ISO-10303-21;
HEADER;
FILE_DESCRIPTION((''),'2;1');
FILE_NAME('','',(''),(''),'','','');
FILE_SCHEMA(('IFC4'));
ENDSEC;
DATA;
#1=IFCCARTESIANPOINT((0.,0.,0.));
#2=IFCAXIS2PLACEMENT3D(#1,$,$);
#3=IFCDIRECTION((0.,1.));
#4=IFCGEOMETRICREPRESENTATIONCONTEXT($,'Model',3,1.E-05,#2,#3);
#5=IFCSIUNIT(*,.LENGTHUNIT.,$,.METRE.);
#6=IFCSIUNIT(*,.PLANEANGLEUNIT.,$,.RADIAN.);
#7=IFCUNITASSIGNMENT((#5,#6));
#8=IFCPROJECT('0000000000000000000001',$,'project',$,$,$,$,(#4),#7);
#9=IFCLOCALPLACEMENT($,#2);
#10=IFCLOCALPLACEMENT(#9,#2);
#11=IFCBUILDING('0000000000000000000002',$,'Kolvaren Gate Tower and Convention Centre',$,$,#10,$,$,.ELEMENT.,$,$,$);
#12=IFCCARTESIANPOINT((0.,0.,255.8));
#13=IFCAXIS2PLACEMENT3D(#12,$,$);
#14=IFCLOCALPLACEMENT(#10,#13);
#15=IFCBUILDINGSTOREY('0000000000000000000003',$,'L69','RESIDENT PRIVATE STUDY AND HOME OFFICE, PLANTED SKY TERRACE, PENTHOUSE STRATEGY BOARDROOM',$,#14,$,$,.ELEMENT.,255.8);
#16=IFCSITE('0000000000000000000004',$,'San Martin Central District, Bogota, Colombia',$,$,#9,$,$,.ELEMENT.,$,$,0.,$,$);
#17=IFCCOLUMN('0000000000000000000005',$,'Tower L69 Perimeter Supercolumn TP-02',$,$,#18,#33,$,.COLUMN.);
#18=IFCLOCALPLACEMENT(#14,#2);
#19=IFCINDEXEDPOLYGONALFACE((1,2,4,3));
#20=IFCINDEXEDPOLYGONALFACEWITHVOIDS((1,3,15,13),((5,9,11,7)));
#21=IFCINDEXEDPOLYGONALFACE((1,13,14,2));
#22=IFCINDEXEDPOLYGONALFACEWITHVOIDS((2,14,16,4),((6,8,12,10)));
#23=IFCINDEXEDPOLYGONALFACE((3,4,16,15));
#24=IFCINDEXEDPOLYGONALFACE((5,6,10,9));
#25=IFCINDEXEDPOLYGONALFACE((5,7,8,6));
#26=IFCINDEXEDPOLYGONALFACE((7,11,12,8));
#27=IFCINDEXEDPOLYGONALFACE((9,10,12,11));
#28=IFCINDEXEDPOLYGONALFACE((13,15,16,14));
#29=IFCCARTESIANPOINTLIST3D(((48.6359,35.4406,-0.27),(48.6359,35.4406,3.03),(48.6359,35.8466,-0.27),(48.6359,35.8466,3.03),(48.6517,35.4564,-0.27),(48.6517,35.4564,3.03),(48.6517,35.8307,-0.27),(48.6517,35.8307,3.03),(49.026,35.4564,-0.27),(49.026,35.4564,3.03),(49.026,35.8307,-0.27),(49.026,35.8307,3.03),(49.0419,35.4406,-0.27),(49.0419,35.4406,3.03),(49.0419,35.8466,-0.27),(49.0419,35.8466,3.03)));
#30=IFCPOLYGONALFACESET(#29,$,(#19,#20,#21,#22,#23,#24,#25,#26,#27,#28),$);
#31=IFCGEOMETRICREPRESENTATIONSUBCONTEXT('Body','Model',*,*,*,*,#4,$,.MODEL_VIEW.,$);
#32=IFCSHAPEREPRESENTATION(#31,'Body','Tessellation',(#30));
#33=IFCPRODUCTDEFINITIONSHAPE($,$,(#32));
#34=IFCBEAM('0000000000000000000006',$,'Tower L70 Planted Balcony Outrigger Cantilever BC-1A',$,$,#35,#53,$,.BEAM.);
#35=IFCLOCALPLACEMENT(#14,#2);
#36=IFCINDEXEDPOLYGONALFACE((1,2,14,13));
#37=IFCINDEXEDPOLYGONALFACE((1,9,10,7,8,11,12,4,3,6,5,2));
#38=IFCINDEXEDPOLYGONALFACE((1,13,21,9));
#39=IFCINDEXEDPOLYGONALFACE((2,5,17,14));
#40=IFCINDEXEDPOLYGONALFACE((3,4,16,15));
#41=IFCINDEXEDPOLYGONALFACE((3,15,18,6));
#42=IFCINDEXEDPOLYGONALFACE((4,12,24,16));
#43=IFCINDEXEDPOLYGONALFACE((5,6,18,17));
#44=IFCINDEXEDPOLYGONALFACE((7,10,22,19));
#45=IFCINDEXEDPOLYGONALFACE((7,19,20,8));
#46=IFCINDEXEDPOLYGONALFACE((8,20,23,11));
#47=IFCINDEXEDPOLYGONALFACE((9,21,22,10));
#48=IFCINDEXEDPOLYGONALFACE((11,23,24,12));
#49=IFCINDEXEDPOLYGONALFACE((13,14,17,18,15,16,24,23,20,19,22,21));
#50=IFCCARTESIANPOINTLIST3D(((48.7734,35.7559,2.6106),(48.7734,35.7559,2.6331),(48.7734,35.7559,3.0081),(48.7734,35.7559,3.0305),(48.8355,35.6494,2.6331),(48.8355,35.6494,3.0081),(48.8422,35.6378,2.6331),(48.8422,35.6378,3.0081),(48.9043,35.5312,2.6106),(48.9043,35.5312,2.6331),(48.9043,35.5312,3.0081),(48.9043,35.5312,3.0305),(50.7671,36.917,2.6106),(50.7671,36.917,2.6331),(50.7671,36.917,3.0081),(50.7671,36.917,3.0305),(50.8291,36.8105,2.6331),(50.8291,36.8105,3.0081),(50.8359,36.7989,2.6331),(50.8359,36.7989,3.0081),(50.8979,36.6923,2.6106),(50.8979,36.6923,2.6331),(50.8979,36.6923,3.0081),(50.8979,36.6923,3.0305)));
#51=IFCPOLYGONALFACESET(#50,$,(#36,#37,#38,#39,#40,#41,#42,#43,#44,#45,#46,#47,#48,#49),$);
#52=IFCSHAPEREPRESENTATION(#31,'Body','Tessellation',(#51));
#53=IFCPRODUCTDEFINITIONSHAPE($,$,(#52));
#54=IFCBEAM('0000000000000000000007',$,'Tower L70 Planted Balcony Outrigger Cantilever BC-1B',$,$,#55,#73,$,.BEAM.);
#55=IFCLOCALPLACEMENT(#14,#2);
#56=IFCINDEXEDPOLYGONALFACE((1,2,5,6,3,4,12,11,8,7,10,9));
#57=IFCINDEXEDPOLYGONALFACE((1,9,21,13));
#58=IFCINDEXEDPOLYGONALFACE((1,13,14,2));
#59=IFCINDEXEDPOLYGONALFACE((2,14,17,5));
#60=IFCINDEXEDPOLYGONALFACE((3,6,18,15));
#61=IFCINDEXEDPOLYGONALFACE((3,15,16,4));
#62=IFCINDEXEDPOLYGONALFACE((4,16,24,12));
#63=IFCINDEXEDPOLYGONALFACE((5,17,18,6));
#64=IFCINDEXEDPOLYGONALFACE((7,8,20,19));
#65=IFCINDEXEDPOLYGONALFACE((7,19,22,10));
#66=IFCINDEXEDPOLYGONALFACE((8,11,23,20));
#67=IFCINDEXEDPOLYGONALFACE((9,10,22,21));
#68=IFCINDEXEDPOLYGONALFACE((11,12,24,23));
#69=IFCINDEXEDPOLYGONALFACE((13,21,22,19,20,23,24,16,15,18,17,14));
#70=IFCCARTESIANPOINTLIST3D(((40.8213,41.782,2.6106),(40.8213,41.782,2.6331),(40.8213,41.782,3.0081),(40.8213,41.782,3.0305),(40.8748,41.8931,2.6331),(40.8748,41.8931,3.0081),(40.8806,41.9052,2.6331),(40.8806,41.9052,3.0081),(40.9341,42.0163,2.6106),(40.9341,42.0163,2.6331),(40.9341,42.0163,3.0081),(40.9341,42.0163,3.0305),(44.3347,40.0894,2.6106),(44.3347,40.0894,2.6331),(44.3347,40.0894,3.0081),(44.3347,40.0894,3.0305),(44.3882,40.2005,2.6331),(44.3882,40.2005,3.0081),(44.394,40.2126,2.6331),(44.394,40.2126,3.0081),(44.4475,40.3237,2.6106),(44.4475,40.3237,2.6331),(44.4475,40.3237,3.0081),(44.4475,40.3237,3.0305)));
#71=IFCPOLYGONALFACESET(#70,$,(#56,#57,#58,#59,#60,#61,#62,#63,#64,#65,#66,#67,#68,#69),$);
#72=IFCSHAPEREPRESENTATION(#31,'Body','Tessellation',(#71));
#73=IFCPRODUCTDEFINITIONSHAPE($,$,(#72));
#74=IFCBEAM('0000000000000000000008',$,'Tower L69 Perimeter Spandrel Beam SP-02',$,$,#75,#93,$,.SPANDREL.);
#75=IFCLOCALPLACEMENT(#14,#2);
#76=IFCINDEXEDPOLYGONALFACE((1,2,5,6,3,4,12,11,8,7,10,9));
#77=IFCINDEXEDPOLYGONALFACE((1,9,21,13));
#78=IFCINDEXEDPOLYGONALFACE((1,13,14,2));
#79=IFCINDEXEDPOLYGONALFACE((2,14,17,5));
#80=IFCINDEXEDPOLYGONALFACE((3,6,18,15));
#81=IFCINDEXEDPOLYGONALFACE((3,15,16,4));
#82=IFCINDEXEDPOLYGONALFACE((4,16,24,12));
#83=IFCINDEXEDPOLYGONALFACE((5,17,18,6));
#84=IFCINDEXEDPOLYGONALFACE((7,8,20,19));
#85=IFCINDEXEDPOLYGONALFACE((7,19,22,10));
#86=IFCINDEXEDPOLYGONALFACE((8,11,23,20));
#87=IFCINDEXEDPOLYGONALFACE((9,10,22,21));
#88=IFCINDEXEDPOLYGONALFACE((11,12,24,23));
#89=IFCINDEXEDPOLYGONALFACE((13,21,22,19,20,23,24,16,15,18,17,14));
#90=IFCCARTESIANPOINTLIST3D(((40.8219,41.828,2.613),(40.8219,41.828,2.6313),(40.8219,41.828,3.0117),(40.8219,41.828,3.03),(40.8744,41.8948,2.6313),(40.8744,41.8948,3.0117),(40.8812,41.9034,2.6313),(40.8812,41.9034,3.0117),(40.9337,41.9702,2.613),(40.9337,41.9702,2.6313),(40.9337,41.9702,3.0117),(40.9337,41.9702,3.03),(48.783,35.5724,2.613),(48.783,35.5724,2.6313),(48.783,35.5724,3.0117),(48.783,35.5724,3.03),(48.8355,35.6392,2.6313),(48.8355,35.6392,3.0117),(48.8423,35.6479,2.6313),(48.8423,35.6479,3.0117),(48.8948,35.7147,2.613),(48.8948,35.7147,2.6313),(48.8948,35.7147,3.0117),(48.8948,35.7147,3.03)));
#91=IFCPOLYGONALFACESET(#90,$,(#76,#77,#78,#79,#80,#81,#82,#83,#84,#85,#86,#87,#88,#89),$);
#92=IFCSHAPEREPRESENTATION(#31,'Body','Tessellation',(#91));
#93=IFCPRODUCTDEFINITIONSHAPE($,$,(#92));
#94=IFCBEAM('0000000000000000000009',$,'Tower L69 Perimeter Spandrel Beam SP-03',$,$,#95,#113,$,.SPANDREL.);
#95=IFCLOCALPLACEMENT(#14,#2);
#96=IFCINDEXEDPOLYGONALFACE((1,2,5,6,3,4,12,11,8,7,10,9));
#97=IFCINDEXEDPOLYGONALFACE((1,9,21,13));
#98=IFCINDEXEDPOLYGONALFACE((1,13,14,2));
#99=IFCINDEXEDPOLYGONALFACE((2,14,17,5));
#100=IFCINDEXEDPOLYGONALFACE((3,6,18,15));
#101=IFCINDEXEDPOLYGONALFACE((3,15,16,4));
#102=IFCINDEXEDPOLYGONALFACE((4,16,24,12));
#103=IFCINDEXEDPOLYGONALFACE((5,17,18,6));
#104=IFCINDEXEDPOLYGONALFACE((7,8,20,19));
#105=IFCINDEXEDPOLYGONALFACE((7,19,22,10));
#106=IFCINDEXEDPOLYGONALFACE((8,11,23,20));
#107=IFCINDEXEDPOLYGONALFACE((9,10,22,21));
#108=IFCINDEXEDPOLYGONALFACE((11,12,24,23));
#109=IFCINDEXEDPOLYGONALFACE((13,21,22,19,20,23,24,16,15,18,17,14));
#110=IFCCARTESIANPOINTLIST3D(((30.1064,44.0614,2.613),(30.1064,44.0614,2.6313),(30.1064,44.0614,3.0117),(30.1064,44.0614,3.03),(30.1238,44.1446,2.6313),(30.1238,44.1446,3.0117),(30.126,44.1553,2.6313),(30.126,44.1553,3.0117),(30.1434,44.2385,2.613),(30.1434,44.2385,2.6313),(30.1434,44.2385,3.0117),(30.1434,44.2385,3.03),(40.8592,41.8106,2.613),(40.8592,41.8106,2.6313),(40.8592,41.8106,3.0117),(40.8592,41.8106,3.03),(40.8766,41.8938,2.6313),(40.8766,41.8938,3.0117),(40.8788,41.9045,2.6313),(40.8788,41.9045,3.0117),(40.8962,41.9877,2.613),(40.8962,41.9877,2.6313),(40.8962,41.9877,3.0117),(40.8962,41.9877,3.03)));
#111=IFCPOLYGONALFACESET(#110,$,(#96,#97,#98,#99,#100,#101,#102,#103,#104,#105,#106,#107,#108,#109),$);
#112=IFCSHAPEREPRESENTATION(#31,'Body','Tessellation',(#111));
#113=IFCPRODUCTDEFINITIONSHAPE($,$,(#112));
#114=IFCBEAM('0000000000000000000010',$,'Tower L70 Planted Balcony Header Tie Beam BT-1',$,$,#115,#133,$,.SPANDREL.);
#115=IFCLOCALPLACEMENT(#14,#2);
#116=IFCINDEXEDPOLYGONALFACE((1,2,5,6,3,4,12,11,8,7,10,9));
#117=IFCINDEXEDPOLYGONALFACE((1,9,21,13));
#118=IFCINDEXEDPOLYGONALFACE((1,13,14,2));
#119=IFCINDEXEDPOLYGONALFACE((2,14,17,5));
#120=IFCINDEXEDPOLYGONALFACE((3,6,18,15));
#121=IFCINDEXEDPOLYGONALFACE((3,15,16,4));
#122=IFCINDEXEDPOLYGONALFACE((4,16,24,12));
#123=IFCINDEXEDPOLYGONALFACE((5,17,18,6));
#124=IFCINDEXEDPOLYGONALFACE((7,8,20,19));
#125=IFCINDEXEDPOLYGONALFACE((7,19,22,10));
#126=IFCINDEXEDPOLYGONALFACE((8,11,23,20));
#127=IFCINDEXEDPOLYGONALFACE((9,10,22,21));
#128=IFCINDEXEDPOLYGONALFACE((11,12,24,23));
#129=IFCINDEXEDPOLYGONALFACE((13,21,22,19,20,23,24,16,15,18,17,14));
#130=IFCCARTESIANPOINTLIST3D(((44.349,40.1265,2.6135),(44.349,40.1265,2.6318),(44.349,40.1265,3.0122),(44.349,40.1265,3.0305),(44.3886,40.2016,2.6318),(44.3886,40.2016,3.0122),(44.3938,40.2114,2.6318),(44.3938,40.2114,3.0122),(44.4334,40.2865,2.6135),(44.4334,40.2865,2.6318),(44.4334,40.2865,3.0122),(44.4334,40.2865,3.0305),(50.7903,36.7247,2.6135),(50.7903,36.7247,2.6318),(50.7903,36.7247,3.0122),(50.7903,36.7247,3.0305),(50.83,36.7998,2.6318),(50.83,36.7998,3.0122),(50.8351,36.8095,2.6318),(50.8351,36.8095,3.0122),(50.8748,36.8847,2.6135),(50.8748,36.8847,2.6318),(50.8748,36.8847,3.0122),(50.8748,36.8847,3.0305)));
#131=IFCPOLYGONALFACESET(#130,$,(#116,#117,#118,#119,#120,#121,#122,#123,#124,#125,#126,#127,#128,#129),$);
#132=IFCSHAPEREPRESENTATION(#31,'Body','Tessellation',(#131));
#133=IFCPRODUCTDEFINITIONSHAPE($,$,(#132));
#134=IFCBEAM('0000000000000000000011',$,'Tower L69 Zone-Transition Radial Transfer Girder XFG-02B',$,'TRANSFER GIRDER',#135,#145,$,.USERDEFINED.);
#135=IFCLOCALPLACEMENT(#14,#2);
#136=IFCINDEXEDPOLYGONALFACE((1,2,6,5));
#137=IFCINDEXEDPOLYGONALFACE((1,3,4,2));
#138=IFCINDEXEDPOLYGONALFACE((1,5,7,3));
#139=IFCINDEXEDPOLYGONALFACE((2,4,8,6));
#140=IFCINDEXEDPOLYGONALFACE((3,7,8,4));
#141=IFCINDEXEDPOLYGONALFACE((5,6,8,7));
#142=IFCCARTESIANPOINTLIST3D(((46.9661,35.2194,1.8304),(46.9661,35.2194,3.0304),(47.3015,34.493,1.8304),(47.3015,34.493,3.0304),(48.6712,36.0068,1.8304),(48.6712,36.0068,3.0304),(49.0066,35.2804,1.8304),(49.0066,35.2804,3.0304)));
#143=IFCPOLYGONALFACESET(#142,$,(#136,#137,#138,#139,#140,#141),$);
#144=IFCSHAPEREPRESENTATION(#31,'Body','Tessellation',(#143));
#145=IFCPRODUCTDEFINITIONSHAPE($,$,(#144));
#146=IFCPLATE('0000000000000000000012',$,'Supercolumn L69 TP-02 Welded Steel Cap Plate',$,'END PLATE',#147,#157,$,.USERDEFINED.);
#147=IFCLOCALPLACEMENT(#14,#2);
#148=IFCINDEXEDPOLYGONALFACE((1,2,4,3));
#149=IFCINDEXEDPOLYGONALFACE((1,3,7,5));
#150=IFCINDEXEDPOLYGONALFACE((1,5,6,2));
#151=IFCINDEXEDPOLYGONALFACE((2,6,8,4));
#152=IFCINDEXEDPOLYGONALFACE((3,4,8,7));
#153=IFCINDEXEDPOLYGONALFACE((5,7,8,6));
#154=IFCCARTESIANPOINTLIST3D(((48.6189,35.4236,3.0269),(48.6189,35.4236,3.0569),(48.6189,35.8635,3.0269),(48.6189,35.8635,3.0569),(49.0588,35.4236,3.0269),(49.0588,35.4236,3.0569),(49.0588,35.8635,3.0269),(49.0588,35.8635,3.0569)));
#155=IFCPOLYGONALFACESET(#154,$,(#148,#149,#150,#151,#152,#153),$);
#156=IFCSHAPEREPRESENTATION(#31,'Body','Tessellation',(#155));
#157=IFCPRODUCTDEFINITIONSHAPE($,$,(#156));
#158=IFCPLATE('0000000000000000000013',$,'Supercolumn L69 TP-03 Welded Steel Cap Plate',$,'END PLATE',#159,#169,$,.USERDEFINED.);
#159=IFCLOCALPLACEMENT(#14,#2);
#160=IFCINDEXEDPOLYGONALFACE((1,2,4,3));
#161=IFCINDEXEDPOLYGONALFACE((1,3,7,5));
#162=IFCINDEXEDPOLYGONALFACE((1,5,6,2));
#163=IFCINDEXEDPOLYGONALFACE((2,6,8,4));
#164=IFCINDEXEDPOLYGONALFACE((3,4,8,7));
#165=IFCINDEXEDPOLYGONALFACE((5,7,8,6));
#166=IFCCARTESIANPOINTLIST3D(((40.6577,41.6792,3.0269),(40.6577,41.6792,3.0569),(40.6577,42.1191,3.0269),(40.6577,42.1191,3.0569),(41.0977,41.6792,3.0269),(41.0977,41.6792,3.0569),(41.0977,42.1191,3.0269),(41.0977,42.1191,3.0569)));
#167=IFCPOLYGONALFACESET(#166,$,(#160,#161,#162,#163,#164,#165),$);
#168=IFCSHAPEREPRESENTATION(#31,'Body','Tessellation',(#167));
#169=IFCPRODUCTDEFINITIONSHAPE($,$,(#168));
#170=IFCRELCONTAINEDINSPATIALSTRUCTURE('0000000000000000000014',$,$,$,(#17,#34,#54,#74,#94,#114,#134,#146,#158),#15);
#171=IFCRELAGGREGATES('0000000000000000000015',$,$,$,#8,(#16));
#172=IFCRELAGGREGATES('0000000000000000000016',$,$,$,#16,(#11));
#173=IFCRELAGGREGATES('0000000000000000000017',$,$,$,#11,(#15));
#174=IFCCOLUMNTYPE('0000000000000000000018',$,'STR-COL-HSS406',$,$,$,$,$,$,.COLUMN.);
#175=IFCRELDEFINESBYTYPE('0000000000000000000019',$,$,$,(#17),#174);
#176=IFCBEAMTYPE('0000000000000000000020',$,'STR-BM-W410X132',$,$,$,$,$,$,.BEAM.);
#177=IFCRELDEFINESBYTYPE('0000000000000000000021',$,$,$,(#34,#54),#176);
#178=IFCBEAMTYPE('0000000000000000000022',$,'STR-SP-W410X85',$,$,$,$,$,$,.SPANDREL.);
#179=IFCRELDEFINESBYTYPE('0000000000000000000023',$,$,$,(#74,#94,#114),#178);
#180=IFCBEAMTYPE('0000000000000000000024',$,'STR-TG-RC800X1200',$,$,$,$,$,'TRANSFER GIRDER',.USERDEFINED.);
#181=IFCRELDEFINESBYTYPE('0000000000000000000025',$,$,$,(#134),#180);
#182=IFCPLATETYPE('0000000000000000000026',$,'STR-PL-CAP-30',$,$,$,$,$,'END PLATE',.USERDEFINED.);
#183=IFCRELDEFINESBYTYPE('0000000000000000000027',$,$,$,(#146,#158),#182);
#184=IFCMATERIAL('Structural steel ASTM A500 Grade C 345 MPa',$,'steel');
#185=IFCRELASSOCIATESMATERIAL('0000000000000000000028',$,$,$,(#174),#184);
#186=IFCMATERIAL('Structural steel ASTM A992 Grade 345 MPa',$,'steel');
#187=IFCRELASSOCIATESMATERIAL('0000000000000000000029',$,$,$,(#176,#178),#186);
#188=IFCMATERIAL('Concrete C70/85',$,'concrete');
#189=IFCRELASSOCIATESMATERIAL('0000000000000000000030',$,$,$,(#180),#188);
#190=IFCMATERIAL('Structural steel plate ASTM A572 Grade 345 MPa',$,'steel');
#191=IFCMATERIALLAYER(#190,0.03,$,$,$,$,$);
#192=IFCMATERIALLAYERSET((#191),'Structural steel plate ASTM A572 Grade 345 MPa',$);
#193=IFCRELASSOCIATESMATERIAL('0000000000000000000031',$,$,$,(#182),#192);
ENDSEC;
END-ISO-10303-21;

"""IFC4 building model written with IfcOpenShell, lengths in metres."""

from ifc_helpers import new_model, si_unit, direction, frame, origin, origin_2d, place, context, subcontext, project, spatial, rectangle, hollow_rectangle, i_section, extrude, material, layer, layer_set, material_profile, profile_set, type_object, element, save


model = new_model("IFC4")

# Units and contexts
model_context = context("Model", 3, precision=1e-05, world=origin(), true_north=direction((0.0, 1.0)))
body_context = subcontext(model_context, "Body", "Model", "MODEL_VIEW")
ifc_project = project(units=[si_unit("LENGTHUNIT", "METRE"), si_unit("PLANEANGLEUNIT", "RADIAN")], contexts=[model_context])

# Site, building, storey
site_placement = place(None, origin())
site = spatial("IfcSite", under=ifc_project, at=site_placement, Name="San Martin Central District, Bogota, Colombia", CompositionType="ELEMENT", RefElevation=0.0)
building_placement = place(site_placement, origin())
building = spatial("IfcBuilding", under=site, at=building_placement, Name="Kolvaren Gate Tower and Convention Centre", CompositionType="ELEMENT")
storey_placement = place(building_placement, frame((0.0, 0.0, 255.8)))
storey = spatial("IfcBuildingStorey", under=building, at=storey_placement, Name="L69", Description="RESIDENT PRIVATE STUDY AND HOME OFFICE, PLANTED SKY TERRACE, PENTHOUSE STRATEGY BOARDROOM", CompositionType="ELEMENT", Elevation=255.8)

# Column
ifc_material_1 = material(Name="Structural steel ASTM A500 Grade C 345 MPa", Category="steel")
ifc_material_profile_1 = material_profile(ifc_material_1, hollow_rectangle(XDim=0.406, YDim=0.406, WallThickness=0.0159, at=origin_2d()), Name="HSS406X406X15.9")
ifc_profile_set_1 = profile_set([ifc_material_profile_1], Name="Structural steel ASTM A500 Grade C 345 MPa")
column_type = type_object("IfcColumnType", Name="STR-COL-HSS406", PredefinedType="COLUMN", material=ifc_profile_set_1)
column_placement = place(storey_placement, frame((48.8389, 35.6436, -0.27), z_axis=(0.0, 0.0, 1.0), x_axis=(1.0, 0.0, 0.0)))
element("IfcColumn", 1, at=column_placement, inside=storey, type_object=column_type, Name="Tower L69 Perimeter Supercolumn TP-02", PredefinedType="COLUMN", context=body_context, shape_type="SweptSolid", body=[
    extrude(hollow_rectangle(XDim=0.406, YDim=0.406, WallThickness=0.0159, at=origin_2d()), origin(), (0.0, 0.0, 1.0), 3.3),
])

# Beams
ifc_material_2 = material(Name="Structural steel ASTM A992 Grade 345 MPa", Category="steel")
ifc_material_profile_2 = material_profile(ifc_material_2, i_section(OverallWidth=0.26, OverallDepth=0.4199, WebThickness=0.0134, FlangeThickness=0.0225, at=origin_2d()), Name="W410X132")
ifc_profile_set_2 = profile_set([ifc_material_profile_2], Name="Structural steel ASTM A992 Grade 345 MPa")
beam_type_1 = type_object("IfcBeamType", Name="STR-BM-W410X132", PredefinedType="BEAM", material=ifc_profile_set_2)
beam_1_placement = place(storey_placement, frame((48.8389, 35.6436, 2.8206), z_axis=(0.864124, 0.503279, 0.0), x_axis=(-0.503279, 0.864124, 0.0)))
element("IfcBeam", 2, at=beam_1_placement, inside=storey, type_object=beam_type_1, Name="Tower L70 Planted Balcony Outrigger Cantilever BC-1A", PredefinedType="BEAM", context=body_context, shape_type="SweptSolid", body=[
    extrude(i_section(OverallWidth=0.26, OverallDepth=0.4199, WebThickness=0.0134, FlangeThickness=0.0225, at=origin_2d()), origin(), (0.0, 0.0, 1.0), 2.3071),
])
beam_2_placement = place(storey_placement, frame((40.8777, 41.8992, 2.8206), z_axis=(0.900904, -0.434019, 0.0), x_axis=(0.434019, 0.900904, 0.0)))
element("IfcBeam", 3, at=beam_2_placement, inside=storey, type_object=beam_type_1, Name="Tower L70 Planted Balcony Outrigger Cantilever BC-1B", PredefinedType="BEAM", context=body_context, shape_type="SweptSolid", body=[
    extrude(i_section(OverallWidth=0.26, OverallDepth=0.4199, WebThickness=0.0134, FlangeThickness=0.0225, at=origin_2d()), origin(), (0.0, 0.0, 1.0), 3.8999),
])
ifc_material_profile_3 = material_profile(ifc_material_2, i_section(OverallWidth=0.1809, OverallDepth=0.417, WebThickness=0.011, FlangeThickness=0.0183, at=origin_2d()), Name="W410X85")
ifc_profile_set_3 = profile_set([ifc_material_profile_3], Name="Structural steel ASTM A992 Grade 345 MPa")
beam_type_2 = type_object("IfcBeamType", Name="STR-SP-W410X85", PredefinedType="SPANDREL", material=ifc_profile_set_3)
beam_3_placement = place(storey_placement, frame((48.8389, 35.6436, 2.8215), z_axis=(-0.786299, 0.617846, 0.0), x_axis=(-0.617846, -0.786299, 0.0)))
element("IfcBeam", 4, at=beam_3_placement, inside=storey, type_object=beam_type_2, Name="Tower L69 Perimeter Spandrel Beam SP-02", PredefinedType="SPANDREL", context=body_context, shape_type="SweptSolid", body=[
    extrude(i_section(OverallWidth=0.1809, OverallDepth=0.417, WebThickness=0.011, FlangeThickness=0.0183, at=origin_2d()), origin(), (0.0, 0.0, 1.0), 10.1248),
])
beam_4_placement = place(storey_placement, frame((40.8777, 41.8992, 2.8215), z_axis=(-0.978788, 0.204878, 0.0), x_axis=(-0.204878, -0.978788, 0.0)))
element("IfcBeam", 5, at=beam_4_placement, inside=storey, type_object=beam_type_2, Name="Tower L69 Perimeter Spandrel Beam SP-03", PredefinedType="SPANDREL", context=body_context, shape_type="SweptSolid", body=[
    extrude(i_section(OverallWidth=0.1809, OverallDepth=0.417, WebThickness=0.011, FlangeThickness=0.0183, at=origin_2d()), origin(), (0.0, 0.0, 1.0), 10.9858),
])
beam_5_placement = place(storey_placement, frame((50.8325, 36.8047, 2.822), z_axis=(-0.884259, 0.466997, 0.0), x_axis=(-0.466997, -0.884259, 0.0)))
element("IfcBeam", 6, at=beam_5_placement, inside=storey, type_object=beam_type_2, Name="Tower L70 Planted Balcony Header Tie Beam BT-1", PredefinedType="SPANDREL", context=body_context, shape_type="SweptSolid", body=[
    extrude(i_section(OverallWidth=0.1809, OverallDepth=0.417, WebThickness=0.011, FlangeThickness=0.0183, at=origin_2d()), origin(), (0.0, 0.0, 1.0), 7.2844),
])
ifc_material_3 = material(Name="Concrete C70/85", Category="concrete")
ifc_material_profile_4 = material_profile(ifc_material_3, rectangle(XDim=0.8, YDim=1.2, at=origin_2d()), Name="RC-BM-800X1200")
ifc_profile_set_4 = profile_set([ifc_material_profile_4], Name="Concrete C70/85")
beam_type_3 = type_object("IfcBeamType", Name="STR-TG-RC800X1200", ElementType="TRANSFER GIRDER", PredefinedType="USERDEFINED", material=ifc_profile_set_4)
beam_6_placement = place(storey_placement, frame((47.1338, 34.8562, 2.4304), z_axis=(0.907879, 0.419231, 0.0), x_axis=(-0.419231, 0.907879, 0.0)))
element("IfcBeam", 7, at=beam_6_placement, inside=storey, type_object=beam_type_3, Name="Tower L69 Zone-Transition Radial Transfer Girder XFG-02B", ObjectType="TRANSFER GIRDER", PredefinedType="USERDEFINED", context=body_context, shape_type="SweptSolid", body=[
    extrude(rectangle(XDim=0.8, YDim=1.2, at=origin_2d()), origin(), (0.0, 0.0, 1.0), 1.8782),
])

# Plates
ifc_material_4 = material(Name="Structural steel plate ASTM A572 Grade 345 MPa", Category="steel")
ifc_layer_1 = layer(ifc_material_4, 0.03)
ifc_layer_set_1 = layer_set([ifc_layer_1], Name="Structural steel plate ASTM A572 Grade 345 MPa")
plate_type = type_object("IfcPlateType", Name="STR-PL-CAP-30", ElementType="END PLATE", PredefinedType="USERDEFINED", material=ifc_layer_set_1)
for number, where, z_axis, x_axis, name in (
    (8, (48.8389, 35.6436, 3.0269), (0.0, 0.0, 1.0), (1.0, 0.0, 0.0), "Supercolumn L69 TP-02 Welded Steel Cap Plate"),
    (9, (40.8777, 41.8992, 3.0269), (0.0, 0.0, 1.0), (1.0, 0.0, 0.0), "Supercolumn L69 TP-03 Welded Steel Cap Plate"),
):
    element("IfcPlate", number, at=place(storey_placement, frame(where, z_axis=z_axis, x_axis=x_axis)), inside=storey, type_object=plate_type, Name=name, ObjectType="END PLATE", PredefinedType="USERDEFINED", context=body_context, shape_type="SweptSolid", body=[
        extrude(rectangle(XDim=0.4399, YDim=0.4399, at=origin_2d()), origin(), (0.0, 0.0, 1.0), 0.03),
    ])

save(model, "model.ifc")
